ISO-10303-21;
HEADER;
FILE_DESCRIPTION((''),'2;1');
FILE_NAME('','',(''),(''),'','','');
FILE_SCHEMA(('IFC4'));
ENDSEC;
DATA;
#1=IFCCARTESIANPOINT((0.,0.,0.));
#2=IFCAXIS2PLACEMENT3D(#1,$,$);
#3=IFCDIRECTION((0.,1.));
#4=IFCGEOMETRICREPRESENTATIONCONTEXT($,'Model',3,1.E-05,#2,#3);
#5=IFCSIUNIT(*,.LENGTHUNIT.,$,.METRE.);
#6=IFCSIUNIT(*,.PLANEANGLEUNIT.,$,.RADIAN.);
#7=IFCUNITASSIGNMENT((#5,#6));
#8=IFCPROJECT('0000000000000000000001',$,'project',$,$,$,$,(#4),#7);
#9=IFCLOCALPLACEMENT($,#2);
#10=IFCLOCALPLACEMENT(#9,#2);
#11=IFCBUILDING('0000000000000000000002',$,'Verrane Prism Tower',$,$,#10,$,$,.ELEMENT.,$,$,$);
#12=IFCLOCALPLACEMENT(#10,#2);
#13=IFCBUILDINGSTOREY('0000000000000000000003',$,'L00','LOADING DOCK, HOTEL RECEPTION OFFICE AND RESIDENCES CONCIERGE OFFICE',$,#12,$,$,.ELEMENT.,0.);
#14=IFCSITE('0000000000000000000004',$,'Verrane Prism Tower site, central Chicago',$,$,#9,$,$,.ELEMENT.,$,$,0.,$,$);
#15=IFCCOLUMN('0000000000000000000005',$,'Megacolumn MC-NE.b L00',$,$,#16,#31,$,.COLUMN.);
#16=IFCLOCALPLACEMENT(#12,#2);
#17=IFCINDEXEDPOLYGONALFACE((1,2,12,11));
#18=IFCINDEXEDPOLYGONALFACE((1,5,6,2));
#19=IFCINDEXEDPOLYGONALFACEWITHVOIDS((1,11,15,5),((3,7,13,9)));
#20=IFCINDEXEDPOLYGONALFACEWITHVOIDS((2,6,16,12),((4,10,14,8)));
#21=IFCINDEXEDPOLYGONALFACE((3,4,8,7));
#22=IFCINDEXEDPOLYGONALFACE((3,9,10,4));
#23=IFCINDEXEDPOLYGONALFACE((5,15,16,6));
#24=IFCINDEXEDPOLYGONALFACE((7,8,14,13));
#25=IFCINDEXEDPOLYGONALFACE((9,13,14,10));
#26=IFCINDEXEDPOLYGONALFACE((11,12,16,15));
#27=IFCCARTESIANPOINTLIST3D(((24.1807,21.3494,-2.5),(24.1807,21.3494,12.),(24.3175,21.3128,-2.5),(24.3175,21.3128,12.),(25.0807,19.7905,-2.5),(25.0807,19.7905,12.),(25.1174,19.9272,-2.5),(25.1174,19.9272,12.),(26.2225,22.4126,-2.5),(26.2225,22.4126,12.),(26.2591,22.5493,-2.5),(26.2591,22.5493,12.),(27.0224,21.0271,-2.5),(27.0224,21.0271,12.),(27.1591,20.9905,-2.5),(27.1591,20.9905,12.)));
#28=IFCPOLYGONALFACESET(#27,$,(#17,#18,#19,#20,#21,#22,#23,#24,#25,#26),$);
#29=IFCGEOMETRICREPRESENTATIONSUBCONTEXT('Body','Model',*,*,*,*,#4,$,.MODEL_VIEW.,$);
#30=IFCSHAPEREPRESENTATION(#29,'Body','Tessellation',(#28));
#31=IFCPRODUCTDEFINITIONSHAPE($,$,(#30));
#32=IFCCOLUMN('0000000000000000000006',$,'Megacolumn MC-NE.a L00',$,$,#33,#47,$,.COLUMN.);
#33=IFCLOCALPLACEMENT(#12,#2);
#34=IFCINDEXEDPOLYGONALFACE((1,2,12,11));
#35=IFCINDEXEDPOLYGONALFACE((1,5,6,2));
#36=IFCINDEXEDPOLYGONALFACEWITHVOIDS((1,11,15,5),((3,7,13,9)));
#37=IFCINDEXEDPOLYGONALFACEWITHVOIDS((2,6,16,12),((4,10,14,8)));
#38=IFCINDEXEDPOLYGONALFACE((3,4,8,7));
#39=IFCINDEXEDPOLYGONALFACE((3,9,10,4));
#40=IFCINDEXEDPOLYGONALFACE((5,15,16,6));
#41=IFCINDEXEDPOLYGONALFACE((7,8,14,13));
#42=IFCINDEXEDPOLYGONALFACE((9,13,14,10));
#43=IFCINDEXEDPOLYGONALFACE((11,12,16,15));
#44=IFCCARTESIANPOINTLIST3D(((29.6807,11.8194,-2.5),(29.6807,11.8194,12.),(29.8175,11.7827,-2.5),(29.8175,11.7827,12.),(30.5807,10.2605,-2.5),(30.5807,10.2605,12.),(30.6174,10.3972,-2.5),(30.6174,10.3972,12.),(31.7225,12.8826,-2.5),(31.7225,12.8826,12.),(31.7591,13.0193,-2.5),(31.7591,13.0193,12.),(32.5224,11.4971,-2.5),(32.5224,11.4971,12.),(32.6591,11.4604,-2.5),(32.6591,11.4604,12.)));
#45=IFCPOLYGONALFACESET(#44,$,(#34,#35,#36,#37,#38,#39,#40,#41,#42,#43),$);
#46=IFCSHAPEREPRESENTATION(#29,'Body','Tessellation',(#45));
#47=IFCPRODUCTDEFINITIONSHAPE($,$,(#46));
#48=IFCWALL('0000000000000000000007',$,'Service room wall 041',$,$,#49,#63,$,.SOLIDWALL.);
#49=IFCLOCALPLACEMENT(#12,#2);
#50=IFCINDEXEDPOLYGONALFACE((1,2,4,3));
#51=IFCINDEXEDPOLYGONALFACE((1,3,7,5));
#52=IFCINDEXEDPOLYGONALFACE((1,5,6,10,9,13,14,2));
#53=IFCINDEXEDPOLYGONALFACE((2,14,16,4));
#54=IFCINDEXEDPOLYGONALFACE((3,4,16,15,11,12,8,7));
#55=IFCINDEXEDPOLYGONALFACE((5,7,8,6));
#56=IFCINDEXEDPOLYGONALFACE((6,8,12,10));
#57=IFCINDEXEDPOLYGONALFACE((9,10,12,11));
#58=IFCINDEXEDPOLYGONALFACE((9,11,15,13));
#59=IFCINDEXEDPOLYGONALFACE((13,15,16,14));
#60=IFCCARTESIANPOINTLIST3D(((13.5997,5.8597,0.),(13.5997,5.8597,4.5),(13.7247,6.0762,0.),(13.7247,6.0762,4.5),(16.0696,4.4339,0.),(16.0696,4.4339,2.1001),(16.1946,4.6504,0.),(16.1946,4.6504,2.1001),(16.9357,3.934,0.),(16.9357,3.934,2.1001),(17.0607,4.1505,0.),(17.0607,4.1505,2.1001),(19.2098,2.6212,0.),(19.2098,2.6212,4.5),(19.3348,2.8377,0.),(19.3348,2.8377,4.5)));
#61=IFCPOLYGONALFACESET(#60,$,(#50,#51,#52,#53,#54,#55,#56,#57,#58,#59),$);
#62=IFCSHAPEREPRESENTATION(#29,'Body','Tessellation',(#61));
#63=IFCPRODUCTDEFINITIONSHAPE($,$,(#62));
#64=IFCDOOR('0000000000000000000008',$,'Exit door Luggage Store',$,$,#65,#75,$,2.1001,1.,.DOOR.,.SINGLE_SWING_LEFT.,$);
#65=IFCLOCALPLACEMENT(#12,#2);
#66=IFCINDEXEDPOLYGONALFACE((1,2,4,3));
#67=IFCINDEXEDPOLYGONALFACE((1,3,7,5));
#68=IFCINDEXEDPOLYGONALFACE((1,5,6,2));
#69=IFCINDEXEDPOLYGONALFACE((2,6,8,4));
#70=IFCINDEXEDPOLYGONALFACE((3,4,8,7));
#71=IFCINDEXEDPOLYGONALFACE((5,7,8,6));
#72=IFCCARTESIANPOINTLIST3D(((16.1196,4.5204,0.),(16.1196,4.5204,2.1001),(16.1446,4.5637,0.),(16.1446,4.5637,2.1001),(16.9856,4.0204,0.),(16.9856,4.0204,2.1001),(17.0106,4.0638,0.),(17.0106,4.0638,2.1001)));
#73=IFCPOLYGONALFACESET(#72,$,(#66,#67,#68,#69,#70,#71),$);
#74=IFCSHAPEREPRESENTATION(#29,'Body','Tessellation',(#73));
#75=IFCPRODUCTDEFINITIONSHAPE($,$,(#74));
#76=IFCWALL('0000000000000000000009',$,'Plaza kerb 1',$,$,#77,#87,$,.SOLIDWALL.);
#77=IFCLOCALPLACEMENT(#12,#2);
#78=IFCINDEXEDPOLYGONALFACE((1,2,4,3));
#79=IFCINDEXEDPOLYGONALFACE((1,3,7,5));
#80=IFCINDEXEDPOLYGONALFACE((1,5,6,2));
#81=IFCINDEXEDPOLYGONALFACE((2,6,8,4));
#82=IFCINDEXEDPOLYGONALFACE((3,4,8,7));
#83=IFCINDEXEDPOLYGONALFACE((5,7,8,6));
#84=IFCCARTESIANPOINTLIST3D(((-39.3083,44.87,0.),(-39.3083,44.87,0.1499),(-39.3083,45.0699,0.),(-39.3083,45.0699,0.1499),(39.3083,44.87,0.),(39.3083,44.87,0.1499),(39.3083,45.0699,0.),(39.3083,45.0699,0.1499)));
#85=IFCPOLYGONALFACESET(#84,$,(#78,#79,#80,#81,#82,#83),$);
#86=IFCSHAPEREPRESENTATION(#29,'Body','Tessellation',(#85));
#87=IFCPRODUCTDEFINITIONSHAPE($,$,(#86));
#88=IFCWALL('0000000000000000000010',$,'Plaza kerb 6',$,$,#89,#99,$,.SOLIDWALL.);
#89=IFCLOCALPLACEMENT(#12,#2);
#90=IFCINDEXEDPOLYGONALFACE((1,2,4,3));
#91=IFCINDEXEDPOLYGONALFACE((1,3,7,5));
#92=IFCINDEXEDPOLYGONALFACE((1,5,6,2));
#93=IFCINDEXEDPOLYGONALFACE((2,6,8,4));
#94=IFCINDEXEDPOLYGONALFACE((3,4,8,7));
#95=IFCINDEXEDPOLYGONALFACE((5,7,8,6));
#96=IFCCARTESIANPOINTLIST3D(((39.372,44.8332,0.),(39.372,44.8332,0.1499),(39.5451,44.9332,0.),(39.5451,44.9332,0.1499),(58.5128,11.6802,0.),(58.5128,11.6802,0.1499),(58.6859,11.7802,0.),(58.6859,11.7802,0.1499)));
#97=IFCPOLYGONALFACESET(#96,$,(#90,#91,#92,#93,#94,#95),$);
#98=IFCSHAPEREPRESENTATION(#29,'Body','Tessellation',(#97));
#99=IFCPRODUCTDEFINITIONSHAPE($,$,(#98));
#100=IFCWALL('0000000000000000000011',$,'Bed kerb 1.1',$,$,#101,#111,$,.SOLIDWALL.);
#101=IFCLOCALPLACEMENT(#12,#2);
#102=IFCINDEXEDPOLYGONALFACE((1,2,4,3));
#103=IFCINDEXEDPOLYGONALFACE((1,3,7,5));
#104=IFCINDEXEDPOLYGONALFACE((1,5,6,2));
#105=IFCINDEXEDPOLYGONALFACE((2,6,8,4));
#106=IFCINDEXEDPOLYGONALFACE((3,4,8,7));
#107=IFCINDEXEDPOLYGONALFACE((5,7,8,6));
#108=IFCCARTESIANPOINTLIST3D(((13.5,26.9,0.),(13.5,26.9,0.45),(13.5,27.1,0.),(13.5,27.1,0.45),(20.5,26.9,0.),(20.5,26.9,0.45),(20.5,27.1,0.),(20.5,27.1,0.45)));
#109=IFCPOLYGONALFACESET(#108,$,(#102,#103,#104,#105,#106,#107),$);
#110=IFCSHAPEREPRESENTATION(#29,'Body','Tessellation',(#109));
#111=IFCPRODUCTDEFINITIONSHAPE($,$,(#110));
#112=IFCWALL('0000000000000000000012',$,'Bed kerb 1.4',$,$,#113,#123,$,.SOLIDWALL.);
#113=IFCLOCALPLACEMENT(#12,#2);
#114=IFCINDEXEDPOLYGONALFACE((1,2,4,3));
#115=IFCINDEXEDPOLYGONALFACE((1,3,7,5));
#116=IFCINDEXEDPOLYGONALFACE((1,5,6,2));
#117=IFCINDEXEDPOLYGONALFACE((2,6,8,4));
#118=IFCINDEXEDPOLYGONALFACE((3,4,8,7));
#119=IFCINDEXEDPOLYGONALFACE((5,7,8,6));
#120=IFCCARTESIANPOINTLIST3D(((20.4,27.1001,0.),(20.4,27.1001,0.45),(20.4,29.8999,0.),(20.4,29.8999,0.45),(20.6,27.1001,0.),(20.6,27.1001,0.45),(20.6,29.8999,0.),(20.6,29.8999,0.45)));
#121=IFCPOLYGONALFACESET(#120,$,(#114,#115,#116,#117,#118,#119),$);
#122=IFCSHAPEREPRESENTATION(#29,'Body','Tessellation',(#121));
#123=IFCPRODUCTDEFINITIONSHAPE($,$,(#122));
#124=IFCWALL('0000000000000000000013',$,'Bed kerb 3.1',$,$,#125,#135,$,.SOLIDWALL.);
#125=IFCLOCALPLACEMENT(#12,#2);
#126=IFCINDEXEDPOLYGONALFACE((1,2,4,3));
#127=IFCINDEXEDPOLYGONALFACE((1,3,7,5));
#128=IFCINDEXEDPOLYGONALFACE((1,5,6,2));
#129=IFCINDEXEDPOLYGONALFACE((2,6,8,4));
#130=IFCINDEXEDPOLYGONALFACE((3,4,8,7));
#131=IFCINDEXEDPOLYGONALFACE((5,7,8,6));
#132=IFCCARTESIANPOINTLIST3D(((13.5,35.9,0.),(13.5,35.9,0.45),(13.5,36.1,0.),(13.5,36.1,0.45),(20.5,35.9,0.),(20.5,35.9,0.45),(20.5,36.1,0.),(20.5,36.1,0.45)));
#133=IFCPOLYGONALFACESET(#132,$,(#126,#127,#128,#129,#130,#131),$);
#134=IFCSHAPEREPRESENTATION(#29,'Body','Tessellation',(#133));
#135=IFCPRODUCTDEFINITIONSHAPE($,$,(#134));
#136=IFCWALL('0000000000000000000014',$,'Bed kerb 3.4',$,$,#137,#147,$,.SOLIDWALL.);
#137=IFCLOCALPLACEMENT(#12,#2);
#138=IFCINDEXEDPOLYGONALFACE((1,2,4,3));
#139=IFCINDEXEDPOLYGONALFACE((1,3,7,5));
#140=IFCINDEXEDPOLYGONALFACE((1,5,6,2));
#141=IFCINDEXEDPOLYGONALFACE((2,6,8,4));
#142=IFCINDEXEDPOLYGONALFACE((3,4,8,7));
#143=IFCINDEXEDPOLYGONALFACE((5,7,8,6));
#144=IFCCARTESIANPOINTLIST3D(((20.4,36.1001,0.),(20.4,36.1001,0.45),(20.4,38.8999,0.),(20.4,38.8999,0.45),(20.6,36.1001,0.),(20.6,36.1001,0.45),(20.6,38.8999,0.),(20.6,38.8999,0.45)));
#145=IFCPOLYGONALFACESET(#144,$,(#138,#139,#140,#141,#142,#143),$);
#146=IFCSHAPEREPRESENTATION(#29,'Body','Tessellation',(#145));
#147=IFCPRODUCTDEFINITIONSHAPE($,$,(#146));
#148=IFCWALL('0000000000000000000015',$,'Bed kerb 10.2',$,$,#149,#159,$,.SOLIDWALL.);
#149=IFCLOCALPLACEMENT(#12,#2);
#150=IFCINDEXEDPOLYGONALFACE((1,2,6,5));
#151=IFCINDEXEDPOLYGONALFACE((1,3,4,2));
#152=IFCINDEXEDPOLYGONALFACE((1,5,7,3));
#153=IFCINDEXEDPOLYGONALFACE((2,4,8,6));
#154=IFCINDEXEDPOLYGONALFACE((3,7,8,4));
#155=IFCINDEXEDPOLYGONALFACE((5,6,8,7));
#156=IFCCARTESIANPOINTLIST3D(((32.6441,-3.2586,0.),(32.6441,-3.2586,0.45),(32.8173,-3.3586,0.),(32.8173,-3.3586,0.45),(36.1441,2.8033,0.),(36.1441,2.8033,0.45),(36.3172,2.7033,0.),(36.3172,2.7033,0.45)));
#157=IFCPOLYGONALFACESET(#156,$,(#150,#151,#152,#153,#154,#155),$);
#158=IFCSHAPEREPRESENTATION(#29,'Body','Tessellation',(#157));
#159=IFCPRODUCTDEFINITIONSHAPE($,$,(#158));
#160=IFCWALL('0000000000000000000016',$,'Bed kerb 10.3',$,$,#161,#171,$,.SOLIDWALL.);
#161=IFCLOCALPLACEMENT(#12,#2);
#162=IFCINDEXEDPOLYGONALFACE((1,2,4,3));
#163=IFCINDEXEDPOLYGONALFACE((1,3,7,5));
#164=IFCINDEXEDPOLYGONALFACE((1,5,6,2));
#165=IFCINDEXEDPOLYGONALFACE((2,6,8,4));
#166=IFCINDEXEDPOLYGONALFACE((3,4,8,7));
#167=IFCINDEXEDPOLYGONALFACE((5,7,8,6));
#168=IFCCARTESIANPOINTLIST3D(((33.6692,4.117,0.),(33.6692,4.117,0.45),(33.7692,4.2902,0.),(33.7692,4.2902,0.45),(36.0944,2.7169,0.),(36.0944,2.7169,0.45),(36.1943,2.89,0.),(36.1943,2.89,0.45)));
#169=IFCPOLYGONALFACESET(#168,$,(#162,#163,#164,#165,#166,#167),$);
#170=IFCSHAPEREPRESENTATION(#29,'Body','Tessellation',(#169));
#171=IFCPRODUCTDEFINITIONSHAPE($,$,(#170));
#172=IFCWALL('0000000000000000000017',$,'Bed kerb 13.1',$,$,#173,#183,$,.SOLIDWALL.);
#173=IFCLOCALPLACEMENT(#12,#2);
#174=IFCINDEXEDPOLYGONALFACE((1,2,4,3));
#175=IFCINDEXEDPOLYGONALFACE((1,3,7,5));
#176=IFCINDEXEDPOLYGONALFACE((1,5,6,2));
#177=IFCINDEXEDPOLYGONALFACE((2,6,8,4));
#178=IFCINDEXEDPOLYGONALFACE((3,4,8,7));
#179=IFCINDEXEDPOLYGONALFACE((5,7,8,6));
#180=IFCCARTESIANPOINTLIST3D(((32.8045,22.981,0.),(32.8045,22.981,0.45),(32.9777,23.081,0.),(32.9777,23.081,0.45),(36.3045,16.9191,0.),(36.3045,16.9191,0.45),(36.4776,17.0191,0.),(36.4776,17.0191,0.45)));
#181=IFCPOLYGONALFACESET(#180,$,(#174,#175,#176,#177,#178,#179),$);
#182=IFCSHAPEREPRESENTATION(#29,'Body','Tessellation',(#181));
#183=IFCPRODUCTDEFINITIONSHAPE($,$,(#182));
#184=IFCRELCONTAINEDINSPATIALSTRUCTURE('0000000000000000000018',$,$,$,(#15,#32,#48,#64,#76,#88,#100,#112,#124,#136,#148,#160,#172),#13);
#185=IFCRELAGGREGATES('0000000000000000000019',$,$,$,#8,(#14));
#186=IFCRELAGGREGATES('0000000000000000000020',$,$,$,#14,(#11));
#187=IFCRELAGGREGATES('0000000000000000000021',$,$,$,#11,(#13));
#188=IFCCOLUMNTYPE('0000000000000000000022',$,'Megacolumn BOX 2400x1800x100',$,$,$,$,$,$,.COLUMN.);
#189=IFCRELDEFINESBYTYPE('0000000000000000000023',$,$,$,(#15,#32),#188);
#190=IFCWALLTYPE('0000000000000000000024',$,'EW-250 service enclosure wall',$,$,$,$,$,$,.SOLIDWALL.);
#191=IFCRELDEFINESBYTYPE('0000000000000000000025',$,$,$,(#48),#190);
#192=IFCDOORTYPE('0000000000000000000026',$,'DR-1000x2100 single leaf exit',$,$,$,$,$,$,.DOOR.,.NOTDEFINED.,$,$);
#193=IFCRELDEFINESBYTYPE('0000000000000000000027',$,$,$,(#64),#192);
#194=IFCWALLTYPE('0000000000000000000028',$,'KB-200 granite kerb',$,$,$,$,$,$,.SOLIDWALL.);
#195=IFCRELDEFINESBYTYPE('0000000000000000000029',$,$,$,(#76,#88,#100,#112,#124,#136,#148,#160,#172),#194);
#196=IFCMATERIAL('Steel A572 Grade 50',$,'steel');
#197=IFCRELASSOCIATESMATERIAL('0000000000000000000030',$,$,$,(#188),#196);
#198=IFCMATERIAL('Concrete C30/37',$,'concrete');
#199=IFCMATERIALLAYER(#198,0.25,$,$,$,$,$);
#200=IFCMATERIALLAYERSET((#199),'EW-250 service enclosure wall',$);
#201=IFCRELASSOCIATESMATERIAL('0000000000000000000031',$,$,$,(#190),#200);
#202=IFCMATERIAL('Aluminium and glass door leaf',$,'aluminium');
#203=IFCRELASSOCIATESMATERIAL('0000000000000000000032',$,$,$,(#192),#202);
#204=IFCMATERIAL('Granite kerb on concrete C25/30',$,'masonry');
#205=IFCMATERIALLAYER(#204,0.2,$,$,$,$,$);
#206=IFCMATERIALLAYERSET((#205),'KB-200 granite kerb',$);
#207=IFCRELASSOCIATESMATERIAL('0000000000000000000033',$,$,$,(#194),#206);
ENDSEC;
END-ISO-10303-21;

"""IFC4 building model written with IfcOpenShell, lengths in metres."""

from ifc_helpers import new_model, si_unit, direction, frame, frame_2d, origin, origin_2d, place, context, subcontext, project, spatial, rectangle, hollow_rectangle, extrude, material, layer, layer_set, material_profile, profile_set, type_object, element, fill, save


model = new_model("IFC4")

# Units and contexts
model_context = context("Model", 3, precision=1e-05, world=origin(), true_north=direction((0.0, 1.0)))
body_context = subcontext(model_context, "Body", "Model", "MODEL_VIEW")
ifc_project = project(units=[si_unit("LENGTHUNIT", "METRE"), si_unit("PLANEANGLEUNIT", "RADIAN")], contexts=[model_context])

# Site, building, storey
site_placement = place(None, origin())
site = spatial("IfcSite", under=ifc_project, at=site_placement, Name="Verrane Prism Tower site, central Chicago", CompositionType="ELEMENT", RefElevation=0.0)
building_placement = place(site_placement, origin())
building = spatial("IfcBuilding", under=site, at=building_placement, Name="Verrane Prism Tower", CompositionType="ELEMENT")
storey_placement = place(building_placement, origin())
storey = spatial("IfcBuildingStorey", under=building, at=storey_placement, Name="L00", Description="LOADING DOCK, HOTEL RECEPTION OFFICE AND RESIDENCES CONCIERGE OFFICE", CompositionType="ELEMENT", Elevation=0.0)

# Columns
ifc_material_1 = material(Name="Steel A572 Grade 50", Category="steel")
ifc_material_profile_1 = material_profile(ifc_material_1, hollow_rectangle(XDim=1.8, YDim=2.3999, WallThickness=0.1001, at=origin_2d()), Name="BOX 2400x1800x100")
ifc_profile_set_1 = profile_set([ifc_material_profile_1], Name="Steel A572 Grade 50")
column_type_1 = type_object("IfcColumnType", Name="Megacolumn BOX 2400x1800x100", PredefinedType="COLUMN", material=ifc_profile_set_1)
for number, where, z_axis, x_axis, name in (
    (1, (25.6699, 21.1699, -2.5), (0.0, 0.0, 1.0), (0.5, -0.866025, 0.0), "Megacolumn MC-NE.b L00"),
    (2, (31.1699, 11.6399, -2.5), (0.0, 0.0, 1.0), (0.5, -0.866025, 0.0), "Megacolumn MC-NE.a L00"),
):
    element("IfcColumn", number, at=place(storey_placement, frame(where, z_axis=z_axis, x_axis=x_axis)), inside=storey, type_object=column_type_1, Name=name, PredefinedType="COLUMN", context=body_context, shape_type="SweptSolid", body=[
        extrude(hollow_rectangle(XDim=1.8, YDim=2.3999, WallThickness=0.1001, at=origin_2d()), origin(), (0.0, 0.0, 1.0), 14.5),
    ])

# Wall, opening, door
ifc_material_2 = material(Name="Concrete C30/37", Category="concrete")
ifc_layer_1 = layer(ifc_material_2, 0.25)
ifc_layer_set_1 = layer_set([ifc_layer_1], Name="EW-250 service enclosure wall")
wall_type_1 = type_object("IfcWallType", Name="EW-250 service enclosure wall", PredefinedType="SOLIDWALL", material=ifc_layer_set_1)
wall_1_placement = place(storey_placement, frame((19.2722, 2.7295, 0.0), z_axis=(0.0, 0.0, 1.0), x_axis=(-0.866057, 0.499945, 0.0)))
wall_1 = element("IfcWall", 3, at=wall_1_placement, inside=storey, type_object=wall_type_1, Name="Service room wall 041", PredefinedType="SOLIDWALL", context=body_context, shape_type="SweptSolid", body=[
    extrude(rectangle(XDim=6.4778, YDim=0.25, at=frame_2d((3.2388, 0.0))), origin(), (0.0, 0.0, 1.0), 4.5),
])
opening_placement = place(wall_1_placement, frame((2.6257, 0.0, 0.0)))
opening = element("IfcOpeningElement", 4, at=opening_placement, cuts=wall_1, PredefinedType="OPENING", context=body_context, shape_type="SweptSolid", body=[
    extrude(rectangle(XDim=1.0, YDim=2.1001, at=frame_2d((0.5, 1.05))), frame((0.0, 0.135, 0.0), z_axis=(0.0, -1.0, 0.0), x_axis=(1.0, 0.0, 0.0)), (0.0, 0.0, 1.0), 0.27),
])
ifc_material_3 = material(Name="Aluminium and glass door leaf", Category="aluminium")
door_type = type_object("IfcDoorType", Name="DR-1000x2100 single leaf exit", OperationType="NOTDEFINED", PredefinedType="DOOR", material=ifc_material_3)
door_placement = place(opening_placement, frame((1.0, 0.0, 0.0), z_axis=(0.0, 0.0, 1.0), x_axis=(-1.0, 0.0, 0.0)))
door = element("IfcDoor", 5, at=door_placement, inside=storey, type_object=door_type, Name="Exit door Luggage Store", OperationType="SINGLE_SWING_LEFT", OverallHeight=2.1001, OverallWidth=1.0, PredefinedType="DOOR", context=body_context, shape_type="SweptSolid", body=[
    extrude(rectangle(XDim=1.0, YDim=2.1001, at=frame_2d((0.5, 1.05))), frame((0.0, 0.0249, 0.0), z_axis=(0.0, -1.0, 0.0), x_axis=(1.0, 0.0, 0.0)), (0.0, 0.0, 1.0), 0.05),
])
fill(opening, door)

# Walls
ifc_material_4 = material(Name="Granite kerb on concrete C25/30", Category="masonry")
ifc_layer_2 = layer(ifc_material_4, 0.2)
ifc_layer_set_2 = layer_set([ifc_layer_2], Name="KB-200 granite kerb")
wall_type_2 = type_object("IfcWallType", Name="KB-200 granite kerb", PredefinedType="SOLIDWALL", material=ifc_layer_set_2)
wall_2_placement = place(storey_placement, frame((39.3083, 44.97, 0.0), z_axis=(0.0, 0.0, 1.0), x_axis=(-1.0, 0.0, 0.0)))
element("IfcWall", 6, at=wall_2_placement, inside=storey, type_object=wall_type_2, Name="Plaza kerb 1", PredefinedType="SOLIDWALL", context=body_context, shape_type="SweptSolid", body=[
    extrude(rectangle(XDim=78.6167, YDim=0.2, at=frame_2d((39.3083, 0.0))), origin(), (0.0, 0.0, 1.0), 0.1499),
])
wall_3_placement = place(storey_placement, frame((58.5994, 11.7302, 0.0), z_axis=(0.0, 0.0, 1.0), x_axis=(-0.499999, 0.866026, 0.0)))
element("IfcWall", 7, at=wall_3_placement, inside=storey, type_object=wall_type_2, Name="Plaza kerb 6", PredefinedType="SOLIDWALL", context=body_context, shape_type="SweptSolid", body=[
    extrude(rectangle(XDim=38.2817, YDim=0.2, at=frame_2d((19.1409, 0.0))), origin(), (0.0, 0.0, 1.0), 0.1499),
])
wall_4_placement = place(storey_placement, frame((20.5, 27.0, 0.0), z_axis=(0.0, 0.0, 1.0), x_axis=(-1.0, 0.0, 0.0)))
element("IfcWall", 8, at=wall_4_placement, inside=storey, type_object=wall_type_2, Name="Bed kerb 1.1", PredefinedType="SOLIDWALL", context=body_context, shape_type="SweptSolid", body=[
    extrude(rectangle(XDim=7.0, YDim=0.2, at=frame_2d((3.5, 0.0))), origin(), (0.0, 0.0, 1.0), 0.45),
])
wall_5_placement = place(storey_placement, frame((20.5, 29.8999, 0.0), z_axis=(0.0, 0.0, 1.0), x_axis=(0.0, -1.0, 0.0)))
element("IfcWall", 9, at=wall_5_placement, inside=storey, type_object=wall_type_2, Name="Bed kerb 1.4", PredefinedType="SOLIDWALL", context=body_context, shape_type="SweptSolid", body=[
    extrude(rectangle(XDim=2.7998, YDim=0.2, at=frame_2d((1.3999, 0.0))), origin(), (0.0, 0.0, 1.0), 0.45),
])
wall_6_placement = place(storey_placement, frame((20.5, 36.0, 0.0), z_axis=(0.0, 0.0, 1.0), x_axis=(-1.0, 0.0, 0.0)))
element("IfcWall", 10, at=wall_6_placement, inside=storey, type_object=wall_type_2, Name="Bed kerb 3.1", PredefinedType="SOLIDWALL", context=body_context, shape_type="SweptSolid", body=[
    extrude(rectangle(XDim=7.0, YDim=0.2, at=frame_2d((3.5, 0.0))), origin(), (0.0, 0.0, 1.0), 0.45),
])
wall_7_placement = place(storey_placement, frame((20.5, 38.8999, 0.0), z_axis=(0.0, 0.0, 1.0), x_axis=(0.0, -1.0, 0.0)))
element("IfcWall", 11, at=wall_7_placement, inside=storey, type_object=wall_type_2, Name="Bed kerb 3.4", PredefinedType="SOLIDWALL", context=body_context, shape_type="SweptSolid", body=[
    extrude(rectangle(XDim=2.7998, YDim=0.2, at=frame_2d((1.3999, 0.0))), origin(), (0.0, 0.0, 1.0), 0.45),
])
wall_8_placement = place(storey_placement, frame((36.2307, 2.7534, 0.0), z_axis=(0.0, 0.0, 1.0), x_axis=(-0.50001, -0.866019, 0.0)))
element("IfcWall", 12, at=wall_8_placement, inside=storey, type_object=wall_type_2, Name="Bed kerb 10.2", PredefinedType="SOLIDWALL", context=body_context, shape_type="SweptSolid", body=[
    extrude(rectangle(XDim=6.9998, YDim=0.2, at=frame_2d((3.5, 0.0))), origin(), (0.0, 0.0, 1.0), 0.45),
])
wall_9_placement = place(storey_placement, frame((33.7192, 4.2036, 0.0), z_axis=(0.0, 0.0, 1.0), x_axis=(0.866019, -0.500012, 0.0)))
element("IfcWall", 13, at=wall_9_placement, inside=storey, type_object=wall_type_2, Name="Bed kerb 10.3", PredefinedType="SOLIDWALL", context=body_context, shape_type="SweptSolid", body=[
    extrude(rectangle(XDim=2.8003, YDim=0.2, at=frame_2d((1.4001, 0.0))), origin(), (0.0, 0.0, 1.0), 0.45),
])
for number, where, z_axis, x_axis, name in (
    (14, (36.3911, 16.969, 0.0), (0.0, 0.0, 1.0), (-0.50001, 0.866019, 0.0), "Bed kerb 13.1"),
):
    element("IfcWall", number, at=place(storey_placement, frame(where, z_axis=z_axis, x_axis=x_axis)), inside=storey, type_object=wall_type_2, Name=name, PredefinedType="SOLIDWALL", context=body_context, shape_type="SweptSolid", body=[
        extrude(rectangle(XDim=6.9998, YDim=0.2, at=frame_2d((3.5, 0.0))), origin(), (0.0, 0.0, 1.0), 0.45),
    ])

save(model, "model.ifc")
